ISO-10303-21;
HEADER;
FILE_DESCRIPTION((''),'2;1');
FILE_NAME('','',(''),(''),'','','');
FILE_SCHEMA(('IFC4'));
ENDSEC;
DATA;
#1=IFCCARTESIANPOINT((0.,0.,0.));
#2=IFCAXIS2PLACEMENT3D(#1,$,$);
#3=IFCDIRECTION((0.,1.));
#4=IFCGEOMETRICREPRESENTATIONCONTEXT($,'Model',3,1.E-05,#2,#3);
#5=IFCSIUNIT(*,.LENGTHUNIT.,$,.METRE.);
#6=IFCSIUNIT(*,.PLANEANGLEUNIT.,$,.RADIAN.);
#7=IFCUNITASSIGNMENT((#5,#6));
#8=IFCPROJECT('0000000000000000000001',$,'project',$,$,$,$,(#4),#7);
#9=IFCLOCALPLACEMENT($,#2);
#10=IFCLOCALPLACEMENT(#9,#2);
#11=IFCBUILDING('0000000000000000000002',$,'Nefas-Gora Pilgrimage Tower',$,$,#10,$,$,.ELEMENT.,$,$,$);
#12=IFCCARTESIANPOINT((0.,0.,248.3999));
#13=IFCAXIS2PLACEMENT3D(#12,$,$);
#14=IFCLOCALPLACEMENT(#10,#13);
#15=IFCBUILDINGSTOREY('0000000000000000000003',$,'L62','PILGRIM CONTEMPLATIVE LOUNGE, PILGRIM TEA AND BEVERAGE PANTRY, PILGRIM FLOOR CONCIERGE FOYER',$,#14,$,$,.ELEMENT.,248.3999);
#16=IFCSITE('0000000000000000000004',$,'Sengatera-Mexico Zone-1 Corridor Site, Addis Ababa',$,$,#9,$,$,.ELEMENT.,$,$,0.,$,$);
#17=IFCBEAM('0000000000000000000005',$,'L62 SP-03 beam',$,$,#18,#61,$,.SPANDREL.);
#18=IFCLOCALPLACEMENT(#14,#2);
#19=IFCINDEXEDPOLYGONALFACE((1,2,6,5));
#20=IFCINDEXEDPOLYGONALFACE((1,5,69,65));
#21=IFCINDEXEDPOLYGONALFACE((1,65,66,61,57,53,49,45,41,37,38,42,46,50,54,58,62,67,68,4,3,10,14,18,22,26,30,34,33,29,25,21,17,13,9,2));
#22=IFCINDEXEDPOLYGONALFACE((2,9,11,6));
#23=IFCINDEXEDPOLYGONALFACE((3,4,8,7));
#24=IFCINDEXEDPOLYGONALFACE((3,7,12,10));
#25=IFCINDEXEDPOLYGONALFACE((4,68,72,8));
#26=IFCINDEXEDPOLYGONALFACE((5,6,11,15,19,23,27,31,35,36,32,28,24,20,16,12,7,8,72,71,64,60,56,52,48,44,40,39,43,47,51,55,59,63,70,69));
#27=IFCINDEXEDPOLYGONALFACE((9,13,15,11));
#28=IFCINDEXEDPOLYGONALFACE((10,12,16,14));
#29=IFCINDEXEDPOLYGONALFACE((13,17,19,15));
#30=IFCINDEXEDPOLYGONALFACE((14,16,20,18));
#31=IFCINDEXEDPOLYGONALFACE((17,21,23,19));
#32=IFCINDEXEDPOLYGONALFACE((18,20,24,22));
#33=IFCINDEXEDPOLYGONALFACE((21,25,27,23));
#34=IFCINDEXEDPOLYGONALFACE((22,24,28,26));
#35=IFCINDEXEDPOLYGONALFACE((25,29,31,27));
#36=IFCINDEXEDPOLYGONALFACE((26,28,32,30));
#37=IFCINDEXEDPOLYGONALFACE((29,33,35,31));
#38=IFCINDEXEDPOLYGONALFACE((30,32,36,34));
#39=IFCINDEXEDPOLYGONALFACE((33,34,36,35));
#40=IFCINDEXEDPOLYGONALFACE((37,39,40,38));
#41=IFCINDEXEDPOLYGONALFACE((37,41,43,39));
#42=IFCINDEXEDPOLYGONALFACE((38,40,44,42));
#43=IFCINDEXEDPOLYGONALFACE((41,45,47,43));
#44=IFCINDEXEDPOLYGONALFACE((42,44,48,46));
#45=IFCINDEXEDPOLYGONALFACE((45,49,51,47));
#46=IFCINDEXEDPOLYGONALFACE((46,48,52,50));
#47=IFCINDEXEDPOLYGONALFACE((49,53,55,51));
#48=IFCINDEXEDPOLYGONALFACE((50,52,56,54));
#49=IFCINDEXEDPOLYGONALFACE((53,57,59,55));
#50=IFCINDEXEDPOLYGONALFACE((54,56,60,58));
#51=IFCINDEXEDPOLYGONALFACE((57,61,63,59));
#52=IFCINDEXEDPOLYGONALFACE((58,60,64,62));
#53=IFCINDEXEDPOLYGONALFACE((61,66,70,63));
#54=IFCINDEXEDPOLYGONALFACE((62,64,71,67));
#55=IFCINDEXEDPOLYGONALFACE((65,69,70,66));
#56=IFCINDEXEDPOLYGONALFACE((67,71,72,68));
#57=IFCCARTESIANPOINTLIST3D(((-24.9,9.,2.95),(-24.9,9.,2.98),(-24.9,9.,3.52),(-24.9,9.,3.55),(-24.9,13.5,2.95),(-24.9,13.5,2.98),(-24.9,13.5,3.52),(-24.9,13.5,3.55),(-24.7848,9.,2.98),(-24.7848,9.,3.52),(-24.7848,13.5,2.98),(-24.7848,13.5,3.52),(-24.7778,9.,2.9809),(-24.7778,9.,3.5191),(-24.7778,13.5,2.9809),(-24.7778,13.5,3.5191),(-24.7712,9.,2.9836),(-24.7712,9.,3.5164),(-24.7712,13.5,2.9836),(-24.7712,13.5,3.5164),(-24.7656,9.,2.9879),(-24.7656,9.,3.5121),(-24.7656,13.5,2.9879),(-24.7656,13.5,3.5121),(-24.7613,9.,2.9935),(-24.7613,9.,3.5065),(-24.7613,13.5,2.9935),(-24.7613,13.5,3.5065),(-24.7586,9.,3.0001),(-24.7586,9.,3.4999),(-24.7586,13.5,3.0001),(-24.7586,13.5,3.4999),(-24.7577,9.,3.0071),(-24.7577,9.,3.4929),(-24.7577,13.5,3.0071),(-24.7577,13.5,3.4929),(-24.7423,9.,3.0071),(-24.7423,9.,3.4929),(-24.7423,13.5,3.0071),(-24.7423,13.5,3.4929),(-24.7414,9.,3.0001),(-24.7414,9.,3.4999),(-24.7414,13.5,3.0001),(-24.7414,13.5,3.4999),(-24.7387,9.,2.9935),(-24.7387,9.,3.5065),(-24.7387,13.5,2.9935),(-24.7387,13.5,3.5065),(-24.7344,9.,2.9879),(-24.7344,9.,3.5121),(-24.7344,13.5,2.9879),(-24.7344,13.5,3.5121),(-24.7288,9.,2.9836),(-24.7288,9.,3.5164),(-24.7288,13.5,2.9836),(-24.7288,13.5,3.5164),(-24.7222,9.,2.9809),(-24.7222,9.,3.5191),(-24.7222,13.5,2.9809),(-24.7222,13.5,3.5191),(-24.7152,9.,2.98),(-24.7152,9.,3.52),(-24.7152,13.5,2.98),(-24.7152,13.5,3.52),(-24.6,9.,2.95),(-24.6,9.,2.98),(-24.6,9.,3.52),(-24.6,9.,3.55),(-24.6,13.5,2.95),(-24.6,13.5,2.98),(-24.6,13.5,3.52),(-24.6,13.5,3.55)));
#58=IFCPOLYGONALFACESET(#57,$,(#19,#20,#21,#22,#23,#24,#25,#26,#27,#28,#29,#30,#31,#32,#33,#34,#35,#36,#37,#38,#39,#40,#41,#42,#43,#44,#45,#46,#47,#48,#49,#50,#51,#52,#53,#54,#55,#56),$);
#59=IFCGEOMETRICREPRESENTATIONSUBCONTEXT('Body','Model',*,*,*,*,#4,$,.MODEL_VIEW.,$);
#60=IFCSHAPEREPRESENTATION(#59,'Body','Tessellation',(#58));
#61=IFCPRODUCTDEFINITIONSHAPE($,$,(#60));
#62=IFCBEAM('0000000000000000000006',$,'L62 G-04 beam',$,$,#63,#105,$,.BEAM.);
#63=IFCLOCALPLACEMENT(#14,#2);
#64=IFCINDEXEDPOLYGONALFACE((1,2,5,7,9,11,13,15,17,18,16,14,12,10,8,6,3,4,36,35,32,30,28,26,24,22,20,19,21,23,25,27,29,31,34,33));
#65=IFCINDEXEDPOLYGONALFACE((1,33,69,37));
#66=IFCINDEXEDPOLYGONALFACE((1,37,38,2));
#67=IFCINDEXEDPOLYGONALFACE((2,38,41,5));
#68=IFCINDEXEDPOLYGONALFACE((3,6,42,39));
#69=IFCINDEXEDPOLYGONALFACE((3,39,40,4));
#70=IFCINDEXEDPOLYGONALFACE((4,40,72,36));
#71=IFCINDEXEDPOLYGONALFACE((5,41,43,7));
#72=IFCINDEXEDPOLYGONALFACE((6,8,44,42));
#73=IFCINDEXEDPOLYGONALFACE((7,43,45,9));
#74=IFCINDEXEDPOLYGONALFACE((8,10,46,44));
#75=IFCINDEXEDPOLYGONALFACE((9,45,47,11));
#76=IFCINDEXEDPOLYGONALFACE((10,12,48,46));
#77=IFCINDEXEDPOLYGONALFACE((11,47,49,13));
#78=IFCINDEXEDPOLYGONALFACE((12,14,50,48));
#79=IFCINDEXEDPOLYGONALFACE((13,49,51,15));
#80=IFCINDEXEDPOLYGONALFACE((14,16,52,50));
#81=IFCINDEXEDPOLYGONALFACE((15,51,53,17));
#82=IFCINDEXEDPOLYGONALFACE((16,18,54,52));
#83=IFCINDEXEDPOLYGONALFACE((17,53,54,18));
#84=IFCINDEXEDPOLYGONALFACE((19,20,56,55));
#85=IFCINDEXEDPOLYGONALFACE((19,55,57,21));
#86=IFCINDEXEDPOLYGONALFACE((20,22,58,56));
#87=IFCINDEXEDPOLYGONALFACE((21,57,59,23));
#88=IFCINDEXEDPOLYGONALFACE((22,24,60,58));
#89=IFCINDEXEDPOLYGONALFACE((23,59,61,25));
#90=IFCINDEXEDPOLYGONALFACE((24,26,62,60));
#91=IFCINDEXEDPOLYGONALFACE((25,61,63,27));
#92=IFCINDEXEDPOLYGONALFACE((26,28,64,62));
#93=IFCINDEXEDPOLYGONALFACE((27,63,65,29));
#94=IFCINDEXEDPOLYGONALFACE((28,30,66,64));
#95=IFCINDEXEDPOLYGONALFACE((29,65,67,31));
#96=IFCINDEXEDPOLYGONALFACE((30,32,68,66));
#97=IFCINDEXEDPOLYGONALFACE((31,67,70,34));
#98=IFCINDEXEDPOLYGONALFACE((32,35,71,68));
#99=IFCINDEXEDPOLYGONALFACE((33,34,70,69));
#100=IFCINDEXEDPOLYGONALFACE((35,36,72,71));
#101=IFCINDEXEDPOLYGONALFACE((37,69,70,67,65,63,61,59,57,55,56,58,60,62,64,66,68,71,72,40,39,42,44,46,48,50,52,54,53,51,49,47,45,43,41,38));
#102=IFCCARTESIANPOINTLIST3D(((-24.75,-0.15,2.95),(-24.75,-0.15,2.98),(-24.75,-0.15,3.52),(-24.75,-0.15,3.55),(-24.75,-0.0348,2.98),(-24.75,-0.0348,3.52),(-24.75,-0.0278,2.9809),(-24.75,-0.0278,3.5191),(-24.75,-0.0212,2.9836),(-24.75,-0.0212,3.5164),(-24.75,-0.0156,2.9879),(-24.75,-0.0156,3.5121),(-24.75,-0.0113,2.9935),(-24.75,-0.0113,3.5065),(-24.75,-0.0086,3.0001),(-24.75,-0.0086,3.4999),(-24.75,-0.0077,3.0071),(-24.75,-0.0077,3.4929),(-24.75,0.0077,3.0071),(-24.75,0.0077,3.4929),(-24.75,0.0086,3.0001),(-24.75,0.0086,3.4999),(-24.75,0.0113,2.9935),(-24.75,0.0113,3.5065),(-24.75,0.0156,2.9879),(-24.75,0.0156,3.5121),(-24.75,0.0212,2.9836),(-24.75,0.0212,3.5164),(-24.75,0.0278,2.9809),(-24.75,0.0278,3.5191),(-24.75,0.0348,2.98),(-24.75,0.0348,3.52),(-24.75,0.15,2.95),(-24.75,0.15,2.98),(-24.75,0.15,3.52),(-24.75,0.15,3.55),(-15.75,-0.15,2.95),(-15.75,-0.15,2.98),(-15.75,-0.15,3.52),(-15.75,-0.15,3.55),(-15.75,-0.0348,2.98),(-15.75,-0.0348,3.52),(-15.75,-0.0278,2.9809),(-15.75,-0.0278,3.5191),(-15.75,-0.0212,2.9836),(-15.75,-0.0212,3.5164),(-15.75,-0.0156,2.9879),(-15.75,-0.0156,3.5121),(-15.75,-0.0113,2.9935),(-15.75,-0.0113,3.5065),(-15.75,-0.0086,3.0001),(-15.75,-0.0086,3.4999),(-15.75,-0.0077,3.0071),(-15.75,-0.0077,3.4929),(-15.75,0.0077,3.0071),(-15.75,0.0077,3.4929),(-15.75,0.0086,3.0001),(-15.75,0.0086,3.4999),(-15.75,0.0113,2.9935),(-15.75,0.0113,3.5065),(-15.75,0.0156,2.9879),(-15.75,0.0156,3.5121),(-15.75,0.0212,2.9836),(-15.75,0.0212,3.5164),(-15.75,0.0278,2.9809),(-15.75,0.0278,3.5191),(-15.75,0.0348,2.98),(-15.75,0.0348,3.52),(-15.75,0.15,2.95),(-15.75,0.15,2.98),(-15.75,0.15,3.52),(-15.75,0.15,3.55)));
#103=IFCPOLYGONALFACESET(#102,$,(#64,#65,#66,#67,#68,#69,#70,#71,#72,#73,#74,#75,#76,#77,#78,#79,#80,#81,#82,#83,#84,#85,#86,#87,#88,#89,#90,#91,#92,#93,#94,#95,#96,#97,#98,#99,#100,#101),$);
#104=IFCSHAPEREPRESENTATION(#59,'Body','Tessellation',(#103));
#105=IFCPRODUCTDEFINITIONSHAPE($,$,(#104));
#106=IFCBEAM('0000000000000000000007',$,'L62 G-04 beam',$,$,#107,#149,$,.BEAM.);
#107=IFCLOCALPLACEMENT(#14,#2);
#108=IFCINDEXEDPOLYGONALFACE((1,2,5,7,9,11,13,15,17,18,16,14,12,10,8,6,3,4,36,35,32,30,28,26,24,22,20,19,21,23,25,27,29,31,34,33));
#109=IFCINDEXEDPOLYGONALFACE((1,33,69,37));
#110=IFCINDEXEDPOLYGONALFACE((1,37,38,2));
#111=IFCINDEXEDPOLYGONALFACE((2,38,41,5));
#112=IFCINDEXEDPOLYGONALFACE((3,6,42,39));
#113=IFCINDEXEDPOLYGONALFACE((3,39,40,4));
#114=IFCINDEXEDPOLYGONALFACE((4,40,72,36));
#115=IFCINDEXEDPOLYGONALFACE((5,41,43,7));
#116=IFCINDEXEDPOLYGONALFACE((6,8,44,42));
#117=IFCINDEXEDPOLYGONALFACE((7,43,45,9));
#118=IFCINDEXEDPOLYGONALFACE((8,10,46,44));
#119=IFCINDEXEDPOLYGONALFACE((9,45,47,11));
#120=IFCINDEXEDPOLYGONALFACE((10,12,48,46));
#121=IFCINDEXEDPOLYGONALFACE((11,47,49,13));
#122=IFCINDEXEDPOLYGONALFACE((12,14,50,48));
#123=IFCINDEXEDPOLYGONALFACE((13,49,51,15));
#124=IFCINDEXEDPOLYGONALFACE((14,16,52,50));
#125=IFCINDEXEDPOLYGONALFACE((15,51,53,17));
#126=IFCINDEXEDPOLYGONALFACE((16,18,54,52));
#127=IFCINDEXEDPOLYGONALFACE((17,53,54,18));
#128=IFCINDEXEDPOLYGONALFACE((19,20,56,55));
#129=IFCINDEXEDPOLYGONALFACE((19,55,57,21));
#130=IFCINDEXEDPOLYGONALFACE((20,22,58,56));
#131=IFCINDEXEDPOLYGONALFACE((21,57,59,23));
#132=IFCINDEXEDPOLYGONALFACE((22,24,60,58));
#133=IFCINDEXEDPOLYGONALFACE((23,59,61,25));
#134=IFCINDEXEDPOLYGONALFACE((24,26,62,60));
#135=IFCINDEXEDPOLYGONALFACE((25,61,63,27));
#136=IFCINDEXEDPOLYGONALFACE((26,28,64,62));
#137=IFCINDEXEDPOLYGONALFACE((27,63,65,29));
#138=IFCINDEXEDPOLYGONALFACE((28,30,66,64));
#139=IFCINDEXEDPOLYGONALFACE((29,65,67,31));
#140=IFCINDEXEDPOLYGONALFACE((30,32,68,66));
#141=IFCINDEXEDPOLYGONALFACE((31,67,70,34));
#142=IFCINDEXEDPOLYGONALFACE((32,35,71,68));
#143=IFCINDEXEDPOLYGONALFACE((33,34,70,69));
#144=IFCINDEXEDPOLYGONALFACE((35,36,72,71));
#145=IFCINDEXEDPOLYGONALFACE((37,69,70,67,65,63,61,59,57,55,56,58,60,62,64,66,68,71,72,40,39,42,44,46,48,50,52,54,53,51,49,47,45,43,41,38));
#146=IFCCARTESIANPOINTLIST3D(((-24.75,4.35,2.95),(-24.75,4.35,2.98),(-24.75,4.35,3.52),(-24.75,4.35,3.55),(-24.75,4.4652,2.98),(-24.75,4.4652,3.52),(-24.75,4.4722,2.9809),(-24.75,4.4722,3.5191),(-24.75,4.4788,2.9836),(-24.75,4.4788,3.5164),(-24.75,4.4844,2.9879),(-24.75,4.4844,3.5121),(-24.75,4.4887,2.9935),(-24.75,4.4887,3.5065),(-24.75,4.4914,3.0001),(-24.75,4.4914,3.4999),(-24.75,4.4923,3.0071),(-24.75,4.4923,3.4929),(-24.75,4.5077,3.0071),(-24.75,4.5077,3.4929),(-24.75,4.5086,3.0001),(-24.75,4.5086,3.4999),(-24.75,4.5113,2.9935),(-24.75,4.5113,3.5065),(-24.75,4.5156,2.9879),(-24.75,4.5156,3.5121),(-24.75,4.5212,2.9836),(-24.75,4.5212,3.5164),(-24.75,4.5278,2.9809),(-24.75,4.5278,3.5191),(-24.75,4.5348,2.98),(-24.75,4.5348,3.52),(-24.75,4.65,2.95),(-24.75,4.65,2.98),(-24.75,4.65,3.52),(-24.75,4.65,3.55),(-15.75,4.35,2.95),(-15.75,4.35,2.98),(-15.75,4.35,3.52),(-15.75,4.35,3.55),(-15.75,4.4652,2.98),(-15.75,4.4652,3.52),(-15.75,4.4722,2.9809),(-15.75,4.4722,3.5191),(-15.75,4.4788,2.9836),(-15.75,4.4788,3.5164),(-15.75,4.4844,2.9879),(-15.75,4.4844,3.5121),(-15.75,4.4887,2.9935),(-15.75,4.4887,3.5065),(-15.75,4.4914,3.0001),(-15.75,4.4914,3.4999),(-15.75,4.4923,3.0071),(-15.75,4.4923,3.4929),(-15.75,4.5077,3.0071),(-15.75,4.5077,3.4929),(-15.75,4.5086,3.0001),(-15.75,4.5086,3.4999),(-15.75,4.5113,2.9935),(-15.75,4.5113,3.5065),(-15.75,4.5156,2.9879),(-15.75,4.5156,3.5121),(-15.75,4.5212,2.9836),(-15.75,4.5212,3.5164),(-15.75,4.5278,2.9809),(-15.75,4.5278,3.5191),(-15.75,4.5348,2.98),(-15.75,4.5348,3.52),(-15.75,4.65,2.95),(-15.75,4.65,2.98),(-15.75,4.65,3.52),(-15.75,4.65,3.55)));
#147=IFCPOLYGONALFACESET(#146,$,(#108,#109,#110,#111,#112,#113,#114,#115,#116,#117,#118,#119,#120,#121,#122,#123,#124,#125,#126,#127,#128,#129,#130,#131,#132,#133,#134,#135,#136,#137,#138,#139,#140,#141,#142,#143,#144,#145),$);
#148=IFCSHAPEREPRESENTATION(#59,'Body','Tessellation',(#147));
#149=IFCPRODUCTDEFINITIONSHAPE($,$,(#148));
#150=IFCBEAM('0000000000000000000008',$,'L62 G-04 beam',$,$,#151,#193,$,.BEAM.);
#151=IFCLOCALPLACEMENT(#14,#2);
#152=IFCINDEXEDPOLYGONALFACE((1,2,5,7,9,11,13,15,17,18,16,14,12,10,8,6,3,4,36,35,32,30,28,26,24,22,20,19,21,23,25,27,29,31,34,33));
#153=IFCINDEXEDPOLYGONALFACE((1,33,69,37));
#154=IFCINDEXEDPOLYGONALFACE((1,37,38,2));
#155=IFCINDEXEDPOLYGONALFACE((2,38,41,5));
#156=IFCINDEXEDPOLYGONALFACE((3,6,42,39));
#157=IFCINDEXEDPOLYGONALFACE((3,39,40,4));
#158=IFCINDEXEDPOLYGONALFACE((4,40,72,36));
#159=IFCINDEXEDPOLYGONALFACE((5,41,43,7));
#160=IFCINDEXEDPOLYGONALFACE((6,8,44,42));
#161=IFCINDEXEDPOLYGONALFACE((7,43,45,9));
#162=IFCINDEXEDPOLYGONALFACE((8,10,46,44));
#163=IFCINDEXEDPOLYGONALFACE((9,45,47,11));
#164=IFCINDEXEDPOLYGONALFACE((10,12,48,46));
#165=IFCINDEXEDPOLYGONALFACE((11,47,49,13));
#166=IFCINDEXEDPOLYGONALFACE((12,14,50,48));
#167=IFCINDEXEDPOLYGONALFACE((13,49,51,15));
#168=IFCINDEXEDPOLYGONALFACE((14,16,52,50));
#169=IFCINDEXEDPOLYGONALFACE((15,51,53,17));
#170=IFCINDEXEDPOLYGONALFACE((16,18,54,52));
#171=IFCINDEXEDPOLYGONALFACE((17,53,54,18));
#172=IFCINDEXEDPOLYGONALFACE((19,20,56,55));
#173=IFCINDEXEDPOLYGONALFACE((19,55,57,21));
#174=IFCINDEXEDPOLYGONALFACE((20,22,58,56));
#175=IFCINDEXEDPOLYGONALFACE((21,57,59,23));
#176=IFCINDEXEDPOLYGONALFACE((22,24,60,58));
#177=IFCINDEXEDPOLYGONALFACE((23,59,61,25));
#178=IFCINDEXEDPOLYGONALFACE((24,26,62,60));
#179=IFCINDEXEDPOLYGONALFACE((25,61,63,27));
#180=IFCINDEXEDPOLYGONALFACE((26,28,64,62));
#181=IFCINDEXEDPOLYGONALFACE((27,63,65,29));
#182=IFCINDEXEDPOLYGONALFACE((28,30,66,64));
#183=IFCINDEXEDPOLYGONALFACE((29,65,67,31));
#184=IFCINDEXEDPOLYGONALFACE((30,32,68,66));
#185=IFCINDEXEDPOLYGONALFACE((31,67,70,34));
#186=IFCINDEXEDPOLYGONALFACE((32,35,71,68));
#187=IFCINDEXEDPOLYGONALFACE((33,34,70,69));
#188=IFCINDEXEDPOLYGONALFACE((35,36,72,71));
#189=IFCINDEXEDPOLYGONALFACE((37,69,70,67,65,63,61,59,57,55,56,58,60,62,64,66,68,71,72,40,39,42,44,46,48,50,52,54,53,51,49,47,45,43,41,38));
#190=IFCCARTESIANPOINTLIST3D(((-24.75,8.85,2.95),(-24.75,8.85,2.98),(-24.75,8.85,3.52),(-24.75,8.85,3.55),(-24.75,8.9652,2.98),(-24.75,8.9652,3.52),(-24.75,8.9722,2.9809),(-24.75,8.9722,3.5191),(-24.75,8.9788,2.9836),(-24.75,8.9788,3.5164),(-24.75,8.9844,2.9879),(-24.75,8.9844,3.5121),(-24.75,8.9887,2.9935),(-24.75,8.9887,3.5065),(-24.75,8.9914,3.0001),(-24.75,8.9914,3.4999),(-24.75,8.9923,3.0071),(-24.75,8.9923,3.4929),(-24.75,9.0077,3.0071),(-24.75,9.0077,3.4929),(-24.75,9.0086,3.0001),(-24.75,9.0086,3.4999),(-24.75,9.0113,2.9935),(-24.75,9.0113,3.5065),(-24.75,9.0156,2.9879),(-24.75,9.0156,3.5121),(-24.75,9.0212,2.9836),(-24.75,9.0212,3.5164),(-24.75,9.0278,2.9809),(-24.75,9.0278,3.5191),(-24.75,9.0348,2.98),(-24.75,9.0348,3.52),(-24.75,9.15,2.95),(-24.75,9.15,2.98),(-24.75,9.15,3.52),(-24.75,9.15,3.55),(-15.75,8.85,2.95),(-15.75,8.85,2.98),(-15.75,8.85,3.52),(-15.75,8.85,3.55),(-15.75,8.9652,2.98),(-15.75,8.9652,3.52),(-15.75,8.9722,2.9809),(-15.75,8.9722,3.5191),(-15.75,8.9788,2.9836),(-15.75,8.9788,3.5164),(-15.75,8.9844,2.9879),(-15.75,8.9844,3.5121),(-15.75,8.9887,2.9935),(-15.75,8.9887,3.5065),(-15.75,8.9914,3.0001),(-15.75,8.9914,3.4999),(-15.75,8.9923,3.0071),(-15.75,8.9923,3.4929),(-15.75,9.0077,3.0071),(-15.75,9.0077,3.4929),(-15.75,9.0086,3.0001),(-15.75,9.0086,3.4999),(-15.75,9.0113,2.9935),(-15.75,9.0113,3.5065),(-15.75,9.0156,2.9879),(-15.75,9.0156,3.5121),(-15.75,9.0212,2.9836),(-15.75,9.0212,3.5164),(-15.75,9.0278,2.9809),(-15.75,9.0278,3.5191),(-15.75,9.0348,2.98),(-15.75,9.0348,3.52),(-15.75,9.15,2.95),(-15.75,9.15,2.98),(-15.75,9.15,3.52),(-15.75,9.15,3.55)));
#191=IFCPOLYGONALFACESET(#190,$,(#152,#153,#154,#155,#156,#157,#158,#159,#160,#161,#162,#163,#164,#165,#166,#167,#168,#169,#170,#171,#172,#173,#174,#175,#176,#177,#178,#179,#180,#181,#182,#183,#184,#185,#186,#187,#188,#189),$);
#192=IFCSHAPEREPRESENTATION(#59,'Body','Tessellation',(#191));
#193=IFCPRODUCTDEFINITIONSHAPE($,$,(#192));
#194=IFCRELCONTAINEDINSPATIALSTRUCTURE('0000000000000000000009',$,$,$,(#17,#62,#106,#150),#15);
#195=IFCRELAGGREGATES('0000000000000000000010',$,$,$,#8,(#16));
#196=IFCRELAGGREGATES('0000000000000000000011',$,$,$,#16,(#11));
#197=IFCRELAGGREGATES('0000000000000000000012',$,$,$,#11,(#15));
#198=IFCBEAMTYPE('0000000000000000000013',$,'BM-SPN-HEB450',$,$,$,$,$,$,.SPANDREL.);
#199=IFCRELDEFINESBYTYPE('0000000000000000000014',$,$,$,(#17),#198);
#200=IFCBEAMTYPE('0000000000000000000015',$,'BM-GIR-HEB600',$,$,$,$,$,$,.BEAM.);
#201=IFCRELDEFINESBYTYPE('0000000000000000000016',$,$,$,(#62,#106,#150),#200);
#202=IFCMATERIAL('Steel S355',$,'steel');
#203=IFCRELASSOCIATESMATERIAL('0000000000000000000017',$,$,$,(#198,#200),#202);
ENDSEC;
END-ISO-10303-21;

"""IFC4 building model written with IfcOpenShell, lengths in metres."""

from ifc_helpers import new_model, si_unit, direction, frame, origin, origin_2d, place, context, subcontext, project, spatial, i_section, extrude, source, transform, mapped, material, material_profile, profile_set, type_object, element, save


model = new_model("IFC4")

# Units and contexts
model_context = context("Model", 3, precision=1e-05, world=origin(), true_north=direction((0.0, 1.0)))
body_context = subcontext(model_context, "Body", "Model", "MODEL_VIEW")
ifc_project = project(units=[si_unit("LENGTHUNIT", "METRE"), si_unit("PLANEANGLEUNIT", "RADIAN")], contexts=[model_context])

# Site, building, storey
site_placement = place(None, origin())
site = spatial("IfcSite", under=ifc_project, at=site_placement, Name="Sengatera-Mexico Zone-1 Corridor Site, Addis Ababa", CompositionType="ELEMENT", RefElevation=0.0)
building_placement = place(site_placement, origin())
building = spatial("IfcBuilding", under=site, at=building_placement, Name="Nefas-Gora Pilgrimage Tower", CompositionType="ELEMENT")
storey_placement = place(building_placement, frame((0.0, 0.0, 248.3999)))
storey = spatial("IfcBuildingStorey", under=building, at=storey_placement, Name="L62", Description="PILGRIM CONTEMPLATIVE LOUNGE, PILGRIM TEA AND BEVERAGE PANTRY, PILGRIM FLOOR CONCIERGE FOYER", CompositionType="ELEMENT", Elevation=248.3999)

# Beams
ifc_material_1 = material(Name="Steel S355", Category="steel")
ifc_material_profile_1 = material_profile(ifc_material_1, i_section(OverallWidth=0.3, OverallDepth=0.6001, WebThickness=0.0154, FlangeThickness=0.03, FilletRadius=0.0271, at=origin_2d()), Name="HEB 600")
ifc_profile_set_1 = profile_set([ifc_material_profile_1], Name="Steel S355")
beam_type_1 = type_object("IfcBeamType", Name="BM-SPN-HEB450", PredefinedType="SPANDREL", material=ifc_profile_set_1)
shared_shape_1 = source(origin(), body_context, "Body", "SweptSolid", [
    extrude(i_section(OverallWidth=0.3, OverallDepth=0.6001, WebThickness=0.0154, FlangeThickness=0.03, FilletRadius=0.0271, at=origin_2d()), origin(), (0.0, 0.0, 1.0), 4.5),
])
for number, where, z_axis, x_axis, name in (
    (1, (-24.75, 9.0, 3.25), (0.0, 1.0, 0.0), (-1.0, 0.0, 0.0), "L62 SP-03 beam"),
):
    element("IfcBeam", number, at=place(storey_placement, frame(where, z_axis=z_axis, x_axis=x_axis)), inside=storey, type_object=beam_type_1, Name=name, PredefinedType="SPANDREL", context=body_context, shape_type="MappedRepresentation", body=[
        mapped(shared_shape_1, transform((0.0, 0.0, 0.0), x_axis=(1.0, 0.0, 0.0), y_axis=(0.0, 1.0, 0.0), z_axis=(0.0, 0.0, 1.0), scale=1.0)),
    ])
ifc_material_profile_2 = material_profile(ifc_material_1, i_section(OverallWidth=0.3, OverallDepth=0.6001, WebThickness=0.0154, FlangeThickness=0.03, FilletRadius=0.0271, at=origin_2d()), Name="HEB 600")
ifc_profile_set_2 = profile_set([ifc_material_profile_2], Name="Steel S355")
beam_type_2 = type_object("IfcBeamType", Name="BM-GIR-HEB600", PredefinedType="BEAM", material=ifc_profile_set_2)
shared_shape_2 = source(origin(), body_context, "Body", "SweptSolid", [
    extrude(i_section(OverallWidth=0.3, OverallDepth=0.6001, WebThickness=0.0154, FlangeThickness=0.03, FilletRadius=0.0271, at=origin_2d()), origin(), (0.0, 0.0, 1.0), 9.0),
])
for number, where, z_axis, x_axis, name in (
    (2, (-24.75, 0.0, 3.25), (1.0, 0.0, 0.0), (0.0, 1.0, 0.0), "L62 G-04 beam"),
    (3, (-24.75, 4.5, 3.25), (1.0, 0.0, 0.0), (0.0, 1.0, 0.0), "L62 G-04 beam"),
    (4, (-24.75, 9.0, 3.25), (1.0, 0.0, 0.0), (0.0, 1.0, 0.0), "L62 G-04 beam"),
):
    element("IfcBeam", number, at=place(storey_placement, frame(where, z_axis=z_axis, x_axis=x_axis)), inside=storey, type_object=beam_type_2, Name=name, PredefinedType="BEAM", context=body_context, shape_type="MappedRepresentation", body=[
        mapped(shared_shape_2, transform((0.0, 0.0, 0.0), x_axis=(1.0, 0.0, 0.0), y_axis=(0.0, 1.0, 0.0), z_axis=(0.0, 0.0, 1.0), scale=1.0)),
    ])

save(model, "model.ifc")
